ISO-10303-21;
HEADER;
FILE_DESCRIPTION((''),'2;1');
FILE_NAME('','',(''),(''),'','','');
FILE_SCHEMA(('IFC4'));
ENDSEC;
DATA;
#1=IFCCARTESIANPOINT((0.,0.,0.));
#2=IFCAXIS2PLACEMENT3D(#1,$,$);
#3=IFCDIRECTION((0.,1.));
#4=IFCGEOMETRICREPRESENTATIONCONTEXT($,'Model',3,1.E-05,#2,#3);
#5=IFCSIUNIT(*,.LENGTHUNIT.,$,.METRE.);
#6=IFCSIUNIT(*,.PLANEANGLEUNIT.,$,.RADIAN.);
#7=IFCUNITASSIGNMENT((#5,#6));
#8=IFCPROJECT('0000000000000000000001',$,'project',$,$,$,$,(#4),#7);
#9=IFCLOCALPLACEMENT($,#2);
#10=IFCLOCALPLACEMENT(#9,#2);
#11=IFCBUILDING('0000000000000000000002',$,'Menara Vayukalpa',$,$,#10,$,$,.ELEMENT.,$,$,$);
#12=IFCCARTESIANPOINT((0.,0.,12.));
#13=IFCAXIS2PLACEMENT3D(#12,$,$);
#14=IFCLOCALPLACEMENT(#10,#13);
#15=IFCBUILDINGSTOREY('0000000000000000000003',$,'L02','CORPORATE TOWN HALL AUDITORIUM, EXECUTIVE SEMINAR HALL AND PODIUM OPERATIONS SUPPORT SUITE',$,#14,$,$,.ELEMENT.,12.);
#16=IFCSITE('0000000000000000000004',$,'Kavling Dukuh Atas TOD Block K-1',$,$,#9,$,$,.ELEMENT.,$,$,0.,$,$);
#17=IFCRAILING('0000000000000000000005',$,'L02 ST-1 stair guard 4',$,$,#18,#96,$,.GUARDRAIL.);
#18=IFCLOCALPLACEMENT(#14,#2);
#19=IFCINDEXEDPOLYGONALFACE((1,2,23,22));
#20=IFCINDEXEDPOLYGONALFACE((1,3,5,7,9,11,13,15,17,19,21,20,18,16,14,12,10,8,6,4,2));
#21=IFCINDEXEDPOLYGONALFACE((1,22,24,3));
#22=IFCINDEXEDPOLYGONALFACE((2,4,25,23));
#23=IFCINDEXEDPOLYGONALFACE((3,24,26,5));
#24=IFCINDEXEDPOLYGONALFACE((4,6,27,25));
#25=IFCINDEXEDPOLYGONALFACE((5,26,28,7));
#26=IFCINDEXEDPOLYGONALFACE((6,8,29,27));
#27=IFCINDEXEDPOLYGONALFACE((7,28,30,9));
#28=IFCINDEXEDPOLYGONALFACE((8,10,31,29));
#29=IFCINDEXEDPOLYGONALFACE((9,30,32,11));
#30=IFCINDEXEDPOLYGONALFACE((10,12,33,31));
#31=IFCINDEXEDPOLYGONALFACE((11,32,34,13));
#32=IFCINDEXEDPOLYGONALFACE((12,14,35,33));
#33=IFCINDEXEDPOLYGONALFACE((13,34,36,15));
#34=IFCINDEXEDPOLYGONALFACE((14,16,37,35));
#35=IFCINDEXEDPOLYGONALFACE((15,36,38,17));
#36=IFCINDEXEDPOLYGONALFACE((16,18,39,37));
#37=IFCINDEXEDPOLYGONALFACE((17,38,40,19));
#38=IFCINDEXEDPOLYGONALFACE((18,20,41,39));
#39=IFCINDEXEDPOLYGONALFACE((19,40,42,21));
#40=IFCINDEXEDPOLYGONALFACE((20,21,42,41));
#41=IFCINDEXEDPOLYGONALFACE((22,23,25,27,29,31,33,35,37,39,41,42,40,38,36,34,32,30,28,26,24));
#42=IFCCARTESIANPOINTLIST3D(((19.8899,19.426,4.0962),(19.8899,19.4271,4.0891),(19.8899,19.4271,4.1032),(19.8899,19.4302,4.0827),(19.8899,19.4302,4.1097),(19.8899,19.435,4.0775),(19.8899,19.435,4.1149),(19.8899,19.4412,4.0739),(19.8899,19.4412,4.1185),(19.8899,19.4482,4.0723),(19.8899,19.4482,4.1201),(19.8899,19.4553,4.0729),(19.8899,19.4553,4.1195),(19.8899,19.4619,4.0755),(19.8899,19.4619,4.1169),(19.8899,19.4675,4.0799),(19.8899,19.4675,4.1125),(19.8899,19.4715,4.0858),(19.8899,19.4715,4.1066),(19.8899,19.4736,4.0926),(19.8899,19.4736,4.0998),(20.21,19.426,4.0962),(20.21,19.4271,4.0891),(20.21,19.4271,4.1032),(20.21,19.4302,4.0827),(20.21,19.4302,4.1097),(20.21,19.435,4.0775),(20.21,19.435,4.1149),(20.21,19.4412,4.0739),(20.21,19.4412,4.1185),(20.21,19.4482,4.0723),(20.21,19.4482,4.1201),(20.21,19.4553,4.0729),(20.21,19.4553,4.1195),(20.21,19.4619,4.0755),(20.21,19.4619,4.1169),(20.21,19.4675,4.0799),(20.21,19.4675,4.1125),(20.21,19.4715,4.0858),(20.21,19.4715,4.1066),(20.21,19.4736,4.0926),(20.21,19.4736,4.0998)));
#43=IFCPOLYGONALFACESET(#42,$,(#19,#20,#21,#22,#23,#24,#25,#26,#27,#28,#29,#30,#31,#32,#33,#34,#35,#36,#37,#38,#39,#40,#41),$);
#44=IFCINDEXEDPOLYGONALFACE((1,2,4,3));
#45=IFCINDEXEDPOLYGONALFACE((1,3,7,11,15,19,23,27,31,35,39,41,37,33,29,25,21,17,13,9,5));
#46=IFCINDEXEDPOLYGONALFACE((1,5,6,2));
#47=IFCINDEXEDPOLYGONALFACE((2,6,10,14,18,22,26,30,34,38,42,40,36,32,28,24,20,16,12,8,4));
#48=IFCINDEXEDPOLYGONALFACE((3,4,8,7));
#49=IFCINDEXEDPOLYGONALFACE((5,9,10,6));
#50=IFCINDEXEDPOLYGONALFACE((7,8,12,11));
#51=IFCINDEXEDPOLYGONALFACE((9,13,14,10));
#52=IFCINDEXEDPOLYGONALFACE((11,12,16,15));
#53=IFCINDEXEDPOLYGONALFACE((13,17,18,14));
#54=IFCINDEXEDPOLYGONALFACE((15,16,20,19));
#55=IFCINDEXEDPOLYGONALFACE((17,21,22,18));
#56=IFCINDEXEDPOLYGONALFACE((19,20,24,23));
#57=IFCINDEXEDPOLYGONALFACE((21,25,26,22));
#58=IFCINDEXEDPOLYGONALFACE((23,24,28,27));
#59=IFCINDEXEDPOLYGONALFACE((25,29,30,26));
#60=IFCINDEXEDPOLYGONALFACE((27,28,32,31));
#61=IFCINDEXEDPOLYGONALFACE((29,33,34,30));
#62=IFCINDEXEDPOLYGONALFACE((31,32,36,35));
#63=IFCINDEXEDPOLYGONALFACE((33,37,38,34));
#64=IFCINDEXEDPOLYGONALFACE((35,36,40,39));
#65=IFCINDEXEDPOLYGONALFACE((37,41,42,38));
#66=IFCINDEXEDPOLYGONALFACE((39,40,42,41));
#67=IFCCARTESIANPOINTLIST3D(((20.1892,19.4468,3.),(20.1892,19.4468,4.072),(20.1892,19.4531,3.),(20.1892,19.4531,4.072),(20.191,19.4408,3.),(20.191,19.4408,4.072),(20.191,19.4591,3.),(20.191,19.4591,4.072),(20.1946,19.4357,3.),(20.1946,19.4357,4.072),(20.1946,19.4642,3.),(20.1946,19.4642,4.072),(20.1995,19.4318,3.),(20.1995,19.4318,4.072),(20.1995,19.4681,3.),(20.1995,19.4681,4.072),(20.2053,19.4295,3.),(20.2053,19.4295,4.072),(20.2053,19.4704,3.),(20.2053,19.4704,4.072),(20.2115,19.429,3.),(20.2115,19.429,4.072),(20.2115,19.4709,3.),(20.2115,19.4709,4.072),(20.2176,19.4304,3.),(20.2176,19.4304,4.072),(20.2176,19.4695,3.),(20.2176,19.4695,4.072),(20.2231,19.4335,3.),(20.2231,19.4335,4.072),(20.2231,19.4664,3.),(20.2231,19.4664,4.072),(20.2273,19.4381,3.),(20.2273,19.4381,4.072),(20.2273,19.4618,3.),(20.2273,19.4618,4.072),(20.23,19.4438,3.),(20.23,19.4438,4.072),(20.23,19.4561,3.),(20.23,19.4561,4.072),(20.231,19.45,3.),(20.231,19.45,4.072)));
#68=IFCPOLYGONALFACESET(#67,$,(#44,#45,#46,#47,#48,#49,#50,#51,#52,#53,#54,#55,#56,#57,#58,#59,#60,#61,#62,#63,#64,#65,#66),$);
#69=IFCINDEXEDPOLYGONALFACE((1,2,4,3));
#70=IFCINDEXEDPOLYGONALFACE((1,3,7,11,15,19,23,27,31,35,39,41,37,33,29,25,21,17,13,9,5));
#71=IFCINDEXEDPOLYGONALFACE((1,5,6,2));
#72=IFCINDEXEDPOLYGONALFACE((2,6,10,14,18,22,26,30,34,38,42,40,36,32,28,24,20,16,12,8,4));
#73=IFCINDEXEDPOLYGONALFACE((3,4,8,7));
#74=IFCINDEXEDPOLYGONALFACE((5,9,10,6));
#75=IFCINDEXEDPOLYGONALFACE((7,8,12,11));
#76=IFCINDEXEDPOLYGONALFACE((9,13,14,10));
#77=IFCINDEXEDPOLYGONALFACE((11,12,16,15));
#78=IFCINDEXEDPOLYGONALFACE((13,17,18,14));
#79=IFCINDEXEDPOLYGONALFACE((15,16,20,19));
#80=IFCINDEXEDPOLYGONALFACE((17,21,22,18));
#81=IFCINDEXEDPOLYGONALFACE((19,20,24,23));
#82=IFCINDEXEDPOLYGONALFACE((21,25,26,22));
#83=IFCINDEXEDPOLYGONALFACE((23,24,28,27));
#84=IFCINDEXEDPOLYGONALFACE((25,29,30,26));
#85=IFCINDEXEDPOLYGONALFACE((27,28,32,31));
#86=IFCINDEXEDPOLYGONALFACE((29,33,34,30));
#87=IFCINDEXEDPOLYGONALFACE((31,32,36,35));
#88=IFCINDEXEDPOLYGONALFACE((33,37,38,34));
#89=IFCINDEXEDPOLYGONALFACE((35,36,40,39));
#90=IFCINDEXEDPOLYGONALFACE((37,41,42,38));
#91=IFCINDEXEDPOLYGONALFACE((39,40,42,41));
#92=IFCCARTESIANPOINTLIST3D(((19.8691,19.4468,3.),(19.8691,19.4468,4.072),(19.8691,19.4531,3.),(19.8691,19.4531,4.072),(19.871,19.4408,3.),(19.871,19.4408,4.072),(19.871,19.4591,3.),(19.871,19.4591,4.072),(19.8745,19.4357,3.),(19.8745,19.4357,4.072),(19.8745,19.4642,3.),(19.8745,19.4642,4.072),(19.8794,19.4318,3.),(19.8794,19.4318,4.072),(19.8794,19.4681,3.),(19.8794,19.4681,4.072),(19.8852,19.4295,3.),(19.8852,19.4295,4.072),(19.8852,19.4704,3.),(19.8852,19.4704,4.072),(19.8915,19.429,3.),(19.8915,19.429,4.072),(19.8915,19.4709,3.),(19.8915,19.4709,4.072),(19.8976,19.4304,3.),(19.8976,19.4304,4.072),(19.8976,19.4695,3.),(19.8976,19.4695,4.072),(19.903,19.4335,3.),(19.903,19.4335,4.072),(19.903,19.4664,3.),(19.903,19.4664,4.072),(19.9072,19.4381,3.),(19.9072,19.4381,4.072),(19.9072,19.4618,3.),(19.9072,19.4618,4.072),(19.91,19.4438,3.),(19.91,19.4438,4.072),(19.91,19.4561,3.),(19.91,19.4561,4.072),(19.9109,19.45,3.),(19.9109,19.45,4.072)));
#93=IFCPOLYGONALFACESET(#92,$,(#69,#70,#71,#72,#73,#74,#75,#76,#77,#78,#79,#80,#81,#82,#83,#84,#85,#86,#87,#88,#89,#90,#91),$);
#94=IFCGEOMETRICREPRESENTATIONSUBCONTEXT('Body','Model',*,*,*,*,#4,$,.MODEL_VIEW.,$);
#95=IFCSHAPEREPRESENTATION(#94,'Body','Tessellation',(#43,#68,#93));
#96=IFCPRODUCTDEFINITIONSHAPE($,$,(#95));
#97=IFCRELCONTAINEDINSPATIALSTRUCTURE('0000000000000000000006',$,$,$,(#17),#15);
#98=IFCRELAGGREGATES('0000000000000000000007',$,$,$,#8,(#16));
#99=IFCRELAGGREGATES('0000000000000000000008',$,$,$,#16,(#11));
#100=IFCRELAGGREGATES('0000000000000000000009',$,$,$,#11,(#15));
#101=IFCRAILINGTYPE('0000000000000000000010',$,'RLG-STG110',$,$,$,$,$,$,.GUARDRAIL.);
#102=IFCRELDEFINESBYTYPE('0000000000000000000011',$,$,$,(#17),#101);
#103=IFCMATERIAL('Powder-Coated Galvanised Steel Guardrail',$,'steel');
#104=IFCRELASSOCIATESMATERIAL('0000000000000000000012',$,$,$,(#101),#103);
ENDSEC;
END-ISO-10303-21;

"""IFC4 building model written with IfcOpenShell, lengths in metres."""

from ifc_helpers import new_model, si_unit, direction, frame, origin, origin_2d, place, context, subcontext, project, spatial, circle, extrude, material, type_object, element, save


model = new_model("IFC4")

# Units and contexts
model_context = context("Model", 3, precision=1e-05, world=origin(), true_north=direction((0.0, 1.0)))
body_context = subcontext(model_context, "Body", "Model", "MODEL_VIEW")
ifc_project = project(units=[si_unit("LENGTHUNIT", "METRE"), si_unit("PLANEANGLEUNIT", "RADIAN")], contexts=[model_context])

# Site, building, storey
site_placement = place(None, origin())
site = spatial("IfcSite", under=ifc_project, at=site_placement, Name="Kavling Dukuh Atas TOD Block K-1", CompositionType="ELEMENT", RefElevation=0.0)
building_placement = place(site_placement, origin())
building = spatial("IfcBuilding", under=site, at=building_placement, Name="Menara Vayukalpa", CompositionType="ELEMENT")
storey_placement = place(building_placement, frame((0.0, 0.0, 12.0)))
storey = spatial("IfcBuildingStorey", under=building, at=storey_placement, Name="L02", Description="CORPORATE TOWN HALL AUDITORIUM, EXECUTIVE SEMINAR HALL AND PODIUM OPERATIONS SUPPORT SUITE", CompositionType="ELEMENT", Elevation=12.0)

# Railing
ifc_material_1 = material(Name="Powder-Coated Galvanised Steel Guardrail", Category="steel")
railing_type = type_object("IfcRailingType", Name="RLG-STG110", PredefinedType="GUARDRAIL", material=ifc_material_1)
railing_1_placement = place(storey_placement, frame((20.21, 19.45, 3.0)))
element("IfcRailing", 1, at=railing_1_placement, inside=storey, type_object=railing_type, Name="L02 ST-1 stair guard 4", PredefinedType="GUARDRAIL", context=body_context, shape_type="SweptSolid", body=[
    extrude(circle(Radius=0.0239, at=origin_2d()), frame((0.0, 0.0, 1.0962), z_axis=(-1.0, 0.0, 0.0), x_axis=(0.0, -1.0, 0.0)), (0.0, 0.0, 1.0), 0.3201),
    extrude(circle(Radius=0.021, at=origin_2d()), origin(), (0.0, 0.0, 1.0), 1.072),
    extrude(circle(Radius=0.021, at=origin_2d()), frame((-0.3201, 0.0, 0.0)), (0.0, 0.0, 1.0), 1.072),
])

save(model, "model.ifc")
